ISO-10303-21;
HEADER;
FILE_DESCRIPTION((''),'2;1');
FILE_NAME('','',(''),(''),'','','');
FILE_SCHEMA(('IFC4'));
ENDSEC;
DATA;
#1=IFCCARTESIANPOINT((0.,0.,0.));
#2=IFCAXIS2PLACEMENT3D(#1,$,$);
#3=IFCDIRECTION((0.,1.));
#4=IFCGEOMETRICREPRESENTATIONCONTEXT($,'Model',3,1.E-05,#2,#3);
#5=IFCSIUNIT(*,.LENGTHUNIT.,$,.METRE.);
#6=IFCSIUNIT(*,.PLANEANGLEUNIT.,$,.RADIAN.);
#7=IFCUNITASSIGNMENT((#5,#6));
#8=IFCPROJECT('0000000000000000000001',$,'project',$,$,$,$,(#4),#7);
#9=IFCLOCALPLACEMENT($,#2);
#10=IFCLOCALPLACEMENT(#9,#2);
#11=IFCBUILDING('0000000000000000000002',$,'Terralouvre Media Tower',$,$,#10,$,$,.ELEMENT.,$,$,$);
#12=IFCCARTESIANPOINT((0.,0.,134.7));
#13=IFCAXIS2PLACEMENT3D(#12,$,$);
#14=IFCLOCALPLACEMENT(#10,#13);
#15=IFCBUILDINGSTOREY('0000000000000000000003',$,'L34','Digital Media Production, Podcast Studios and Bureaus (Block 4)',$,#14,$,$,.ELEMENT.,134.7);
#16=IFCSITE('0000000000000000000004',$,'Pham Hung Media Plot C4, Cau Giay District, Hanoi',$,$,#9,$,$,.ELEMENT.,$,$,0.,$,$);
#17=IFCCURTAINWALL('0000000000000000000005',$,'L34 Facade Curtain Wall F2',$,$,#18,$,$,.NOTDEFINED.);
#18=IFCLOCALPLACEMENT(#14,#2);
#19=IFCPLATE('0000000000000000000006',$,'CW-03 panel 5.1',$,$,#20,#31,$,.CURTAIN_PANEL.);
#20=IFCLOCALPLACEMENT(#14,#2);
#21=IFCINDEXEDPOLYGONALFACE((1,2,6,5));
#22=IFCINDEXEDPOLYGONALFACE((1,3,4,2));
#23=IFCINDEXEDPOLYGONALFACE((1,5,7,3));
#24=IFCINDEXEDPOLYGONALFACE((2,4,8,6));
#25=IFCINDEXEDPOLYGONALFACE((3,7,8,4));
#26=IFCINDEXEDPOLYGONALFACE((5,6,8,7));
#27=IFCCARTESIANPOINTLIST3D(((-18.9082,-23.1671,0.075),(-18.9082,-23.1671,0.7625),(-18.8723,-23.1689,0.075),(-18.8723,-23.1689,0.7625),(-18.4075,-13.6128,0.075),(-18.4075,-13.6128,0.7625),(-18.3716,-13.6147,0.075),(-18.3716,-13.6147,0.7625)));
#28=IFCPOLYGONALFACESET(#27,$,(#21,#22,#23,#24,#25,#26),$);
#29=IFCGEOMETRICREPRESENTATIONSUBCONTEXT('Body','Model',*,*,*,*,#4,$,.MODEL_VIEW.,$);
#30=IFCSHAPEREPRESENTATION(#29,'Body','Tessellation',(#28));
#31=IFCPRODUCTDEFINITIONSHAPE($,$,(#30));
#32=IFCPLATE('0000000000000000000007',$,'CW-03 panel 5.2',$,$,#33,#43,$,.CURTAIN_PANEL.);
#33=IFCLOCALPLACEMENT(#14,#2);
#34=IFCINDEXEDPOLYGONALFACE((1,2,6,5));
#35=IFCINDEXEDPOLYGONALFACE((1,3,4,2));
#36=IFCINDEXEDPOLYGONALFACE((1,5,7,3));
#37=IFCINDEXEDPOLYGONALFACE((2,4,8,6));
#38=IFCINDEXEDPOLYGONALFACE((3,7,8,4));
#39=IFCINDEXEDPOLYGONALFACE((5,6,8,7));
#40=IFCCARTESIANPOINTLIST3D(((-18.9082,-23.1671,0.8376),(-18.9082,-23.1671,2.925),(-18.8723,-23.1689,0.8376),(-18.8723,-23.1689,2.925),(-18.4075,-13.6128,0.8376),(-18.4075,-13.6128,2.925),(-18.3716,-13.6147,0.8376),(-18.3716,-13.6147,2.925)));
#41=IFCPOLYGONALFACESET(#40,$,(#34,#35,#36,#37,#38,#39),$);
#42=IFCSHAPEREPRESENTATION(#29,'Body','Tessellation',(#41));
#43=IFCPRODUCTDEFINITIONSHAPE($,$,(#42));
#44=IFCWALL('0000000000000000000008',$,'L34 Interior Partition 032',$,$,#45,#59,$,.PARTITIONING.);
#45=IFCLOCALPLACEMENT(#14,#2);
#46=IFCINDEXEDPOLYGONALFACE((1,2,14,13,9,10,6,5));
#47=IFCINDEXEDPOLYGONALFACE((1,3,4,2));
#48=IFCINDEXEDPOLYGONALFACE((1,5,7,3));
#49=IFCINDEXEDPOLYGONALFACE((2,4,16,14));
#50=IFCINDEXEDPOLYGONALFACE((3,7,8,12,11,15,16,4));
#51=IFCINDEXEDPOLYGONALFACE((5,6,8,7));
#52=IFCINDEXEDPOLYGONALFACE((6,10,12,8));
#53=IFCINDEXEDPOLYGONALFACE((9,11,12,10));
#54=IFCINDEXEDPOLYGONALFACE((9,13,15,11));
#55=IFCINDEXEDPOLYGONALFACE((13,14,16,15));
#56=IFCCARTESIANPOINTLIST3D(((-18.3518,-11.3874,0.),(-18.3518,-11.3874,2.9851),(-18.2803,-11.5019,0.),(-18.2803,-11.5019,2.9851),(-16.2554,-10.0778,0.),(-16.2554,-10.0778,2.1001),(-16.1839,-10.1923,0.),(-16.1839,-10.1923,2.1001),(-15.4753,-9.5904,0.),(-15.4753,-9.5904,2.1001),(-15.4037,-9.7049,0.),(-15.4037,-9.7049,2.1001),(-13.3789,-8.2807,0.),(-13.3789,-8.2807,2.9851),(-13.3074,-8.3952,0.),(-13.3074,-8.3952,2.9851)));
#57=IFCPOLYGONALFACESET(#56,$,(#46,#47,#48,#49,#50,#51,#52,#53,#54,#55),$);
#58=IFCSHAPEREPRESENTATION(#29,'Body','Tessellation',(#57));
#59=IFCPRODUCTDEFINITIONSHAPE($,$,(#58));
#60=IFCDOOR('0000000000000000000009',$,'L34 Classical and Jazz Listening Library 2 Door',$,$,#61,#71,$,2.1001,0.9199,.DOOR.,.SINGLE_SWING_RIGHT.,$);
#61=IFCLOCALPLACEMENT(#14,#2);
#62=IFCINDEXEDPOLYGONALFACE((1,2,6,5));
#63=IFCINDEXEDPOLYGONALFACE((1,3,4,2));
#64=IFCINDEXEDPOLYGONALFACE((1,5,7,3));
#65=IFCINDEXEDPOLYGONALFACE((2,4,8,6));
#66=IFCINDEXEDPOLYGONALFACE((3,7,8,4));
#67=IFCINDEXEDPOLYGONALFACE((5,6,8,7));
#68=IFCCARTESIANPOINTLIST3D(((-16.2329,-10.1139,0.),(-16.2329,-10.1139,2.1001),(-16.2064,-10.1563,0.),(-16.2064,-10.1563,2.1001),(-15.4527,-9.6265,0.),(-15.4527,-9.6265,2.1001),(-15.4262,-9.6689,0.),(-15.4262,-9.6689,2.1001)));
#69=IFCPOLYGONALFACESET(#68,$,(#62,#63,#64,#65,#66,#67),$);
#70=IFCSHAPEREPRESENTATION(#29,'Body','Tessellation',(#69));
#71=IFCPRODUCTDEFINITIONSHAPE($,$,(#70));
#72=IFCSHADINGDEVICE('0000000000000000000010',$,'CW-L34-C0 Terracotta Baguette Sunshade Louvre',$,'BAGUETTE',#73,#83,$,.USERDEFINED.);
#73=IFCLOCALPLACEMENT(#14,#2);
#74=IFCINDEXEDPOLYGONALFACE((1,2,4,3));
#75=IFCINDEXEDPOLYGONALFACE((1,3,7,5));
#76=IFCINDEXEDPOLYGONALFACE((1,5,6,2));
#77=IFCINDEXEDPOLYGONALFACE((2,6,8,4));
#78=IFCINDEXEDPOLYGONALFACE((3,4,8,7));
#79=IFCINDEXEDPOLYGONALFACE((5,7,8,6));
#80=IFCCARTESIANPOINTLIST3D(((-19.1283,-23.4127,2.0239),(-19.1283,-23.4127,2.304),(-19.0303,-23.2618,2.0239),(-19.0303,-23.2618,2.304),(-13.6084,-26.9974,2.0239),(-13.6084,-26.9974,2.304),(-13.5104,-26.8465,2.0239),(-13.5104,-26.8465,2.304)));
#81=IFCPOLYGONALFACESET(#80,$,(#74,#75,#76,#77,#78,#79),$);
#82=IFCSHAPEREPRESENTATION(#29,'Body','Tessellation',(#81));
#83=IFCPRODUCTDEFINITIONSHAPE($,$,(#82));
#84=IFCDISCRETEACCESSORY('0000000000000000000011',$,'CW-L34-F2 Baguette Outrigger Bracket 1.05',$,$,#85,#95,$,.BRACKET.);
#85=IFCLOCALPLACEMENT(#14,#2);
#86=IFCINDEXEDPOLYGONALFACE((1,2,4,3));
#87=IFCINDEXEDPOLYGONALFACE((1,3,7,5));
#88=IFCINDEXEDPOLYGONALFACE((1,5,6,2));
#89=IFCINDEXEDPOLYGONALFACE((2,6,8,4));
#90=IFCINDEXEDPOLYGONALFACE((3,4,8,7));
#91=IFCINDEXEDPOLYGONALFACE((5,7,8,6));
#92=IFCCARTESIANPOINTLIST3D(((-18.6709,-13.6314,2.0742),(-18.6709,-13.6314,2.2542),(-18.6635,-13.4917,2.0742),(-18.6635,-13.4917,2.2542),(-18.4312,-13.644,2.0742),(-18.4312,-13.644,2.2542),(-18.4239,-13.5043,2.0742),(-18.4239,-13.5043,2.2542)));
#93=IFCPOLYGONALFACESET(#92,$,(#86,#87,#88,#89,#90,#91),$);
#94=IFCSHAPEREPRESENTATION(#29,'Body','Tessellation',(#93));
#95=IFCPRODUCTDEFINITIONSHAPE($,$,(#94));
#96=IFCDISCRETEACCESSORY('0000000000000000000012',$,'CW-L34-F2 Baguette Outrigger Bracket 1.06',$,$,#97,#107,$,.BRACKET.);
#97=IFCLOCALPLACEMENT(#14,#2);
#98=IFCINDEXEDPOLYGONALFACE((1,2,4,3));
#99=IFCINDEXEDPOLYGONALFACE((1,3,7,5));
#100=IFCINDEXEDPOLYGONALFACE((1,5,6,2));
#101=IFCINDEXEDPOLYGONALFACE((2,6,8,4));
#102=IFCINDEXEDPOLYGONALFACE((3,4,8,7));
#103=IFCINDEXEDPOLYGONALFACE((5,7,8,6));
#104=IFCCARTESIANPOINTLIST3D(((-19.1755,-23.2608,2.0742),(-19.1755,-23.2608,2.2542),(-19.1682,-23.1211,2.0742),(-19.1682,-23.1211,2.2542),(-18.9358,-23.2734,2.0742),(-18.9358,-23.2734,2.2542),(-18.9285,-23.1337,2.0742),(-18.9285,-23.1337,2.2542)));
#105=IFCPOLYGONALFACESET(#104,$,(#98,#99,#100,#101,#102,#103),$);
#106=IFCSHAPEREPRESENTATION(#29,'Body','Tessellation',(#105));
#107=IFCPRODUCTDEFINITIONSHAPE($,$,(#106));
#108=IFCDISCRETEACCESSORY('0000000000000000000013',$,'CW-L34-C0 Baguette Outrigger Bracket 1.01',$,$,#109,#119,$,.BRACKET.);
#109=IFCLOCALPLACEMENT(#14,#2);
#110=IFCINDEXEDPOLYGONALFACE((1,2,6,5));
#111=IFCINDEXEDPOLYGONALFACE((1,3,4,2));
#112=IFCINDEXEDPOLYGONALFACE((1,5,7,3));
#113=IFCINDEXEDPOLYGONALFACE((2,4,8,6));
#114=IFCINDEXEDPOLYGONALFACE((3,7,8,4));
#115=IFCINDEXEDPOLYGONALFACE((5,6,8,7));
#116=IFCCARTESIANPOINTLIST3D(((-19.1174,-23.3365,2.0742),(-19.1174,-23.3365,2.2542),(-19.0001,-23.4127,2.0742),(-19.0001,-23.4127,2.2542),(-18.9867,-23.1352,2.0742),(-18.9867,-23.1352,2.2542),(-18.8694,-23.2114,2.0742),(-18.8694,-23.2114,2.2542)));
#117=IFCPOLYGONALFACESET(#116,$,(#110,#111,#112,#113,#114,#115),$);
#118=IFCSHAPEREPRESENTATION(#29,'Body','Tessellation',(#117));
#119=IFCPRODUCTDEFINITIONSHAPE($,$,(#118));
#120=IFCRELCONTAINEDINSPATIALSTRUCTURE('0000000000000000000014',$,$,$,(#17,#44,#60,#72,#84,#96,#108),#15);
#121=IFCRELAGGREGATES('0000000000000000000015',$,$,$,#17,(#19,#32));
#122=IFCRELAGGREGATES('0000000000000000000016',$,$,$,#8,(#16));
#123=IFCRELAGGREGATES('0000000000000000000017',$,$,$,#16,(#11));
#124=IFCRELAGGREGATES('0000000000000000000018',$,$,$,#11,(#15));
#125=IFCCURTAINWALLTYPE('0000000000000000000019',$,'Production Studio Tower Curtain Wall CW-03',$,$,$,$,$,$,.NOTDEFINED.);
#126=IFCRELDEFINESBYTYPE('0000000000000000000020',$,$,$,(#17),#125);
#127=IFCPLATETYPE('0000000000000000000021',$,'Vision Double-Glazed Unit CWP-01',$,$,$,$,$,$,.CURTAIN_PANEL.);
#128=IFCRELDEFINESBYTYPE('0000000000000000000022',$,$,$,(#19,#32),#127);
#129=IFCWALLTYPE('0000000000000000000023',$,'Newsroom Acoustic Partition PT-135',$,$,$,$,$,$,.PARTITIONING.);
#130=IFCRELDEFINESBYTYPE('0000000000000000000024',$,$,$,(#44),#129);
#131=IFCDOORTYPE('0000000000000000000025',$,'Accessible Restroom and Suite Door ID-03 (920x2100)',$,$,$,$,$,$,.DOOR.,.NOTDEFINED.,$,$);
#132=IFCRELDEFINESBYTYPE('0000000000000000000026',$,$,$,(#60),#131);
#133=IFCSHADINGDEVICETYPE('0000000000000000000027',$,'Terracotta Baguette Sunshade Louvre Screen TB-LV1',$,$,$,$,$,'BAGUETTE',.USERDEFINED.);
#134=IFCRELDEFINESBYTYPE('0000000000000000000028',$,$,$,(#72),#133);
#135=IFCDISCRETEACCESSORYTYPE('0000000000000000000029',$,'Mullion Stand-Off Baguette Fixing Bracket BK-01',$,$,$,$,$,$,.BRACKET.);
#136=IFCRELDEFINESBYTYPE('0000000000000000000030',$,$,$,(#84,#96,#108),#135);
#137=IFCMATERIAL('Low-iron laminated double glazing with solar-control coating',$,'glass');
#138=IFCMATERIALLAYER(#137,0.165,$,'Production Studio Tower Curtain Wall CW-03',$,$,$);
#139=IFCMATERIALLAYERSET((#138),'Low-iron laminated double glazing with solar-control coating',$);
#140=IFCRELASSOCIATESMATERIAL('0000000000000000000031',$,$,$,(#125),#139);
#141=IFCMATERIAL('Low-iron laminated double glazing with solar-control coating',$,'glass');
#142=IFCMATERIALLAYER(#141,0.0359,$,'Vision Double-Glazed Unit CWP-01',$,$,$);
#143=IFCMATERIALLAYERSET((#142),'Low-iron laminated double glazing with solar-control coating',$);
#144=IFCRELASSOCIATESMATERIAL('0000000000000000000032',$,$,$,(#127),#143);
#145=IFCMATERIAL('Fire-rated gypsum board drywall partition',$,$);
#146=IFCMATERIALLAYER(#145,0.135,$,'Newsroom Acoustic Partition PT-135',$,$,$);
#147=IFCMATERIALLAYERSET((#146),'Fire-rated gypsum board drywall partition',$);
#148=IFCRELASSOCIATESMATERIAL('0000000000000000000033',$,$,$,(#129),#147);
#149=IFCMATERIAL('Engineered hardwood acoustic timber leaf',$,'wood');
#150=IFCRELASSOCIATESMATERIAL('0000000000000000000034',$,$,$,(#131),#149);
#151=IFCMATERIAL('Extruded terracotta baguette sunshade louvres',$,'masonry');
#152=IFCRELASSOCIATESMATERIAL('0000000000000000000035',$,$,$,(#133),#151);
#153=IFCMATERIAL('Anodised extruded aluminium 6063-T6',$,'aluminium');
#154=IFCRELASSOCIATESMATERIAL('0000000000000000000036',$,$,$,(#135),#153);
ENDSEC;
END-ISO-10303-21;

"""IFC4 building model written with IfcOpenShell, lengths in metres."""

from ifc_helpers import new_model, si_unit, direction, frame, frame_2d, origin, origin_2d, place, context, subcontext, project, spatial, rectangle, extrude, material, layer, layer_set, type_object, element, fill, aggregate, save


model = new_model("IFC4")

# Units and contexts
model_context = context("Model", 3, precision=1e-05, world=origin(), true_north=direction((0.0, 1.0)))
body_context = subcontext(model_context, "Body", "Model", "MODEL_VIEW")
ifc_project = project(units=[si_unit("LENGTHUNIT", "METRE"), si_unit("PLANEANGLEUNIT", "RADIAN")], contexts=[model_context])

# Site, building, storey
site_placement = place(None, origin())
site = spatial("IfcSite", under=ifc_project, at=site_placement, Name="Pham Hung Media Plot C4, Cau Giay District, Hanoi", CompositionType="ELEMENT", RefElevation=0.0)
building_placement = place(site_placement, origin())
building = spatial("IfcBuilding", under=site, at=building_placement, Name="Terralouvre Media Tower", CompositionType="ELEMENT")
storey_placement = place(building_placement, frame((0.0, 0.0, 134.7)))
storey = spatial("IfcBuildingStorey", under=building, at=storey_placement, Name="L34", Description="Digital Media Production, Podcast Studios and Bureaus (Block 4)", CompositionType="ELEMENT", Elevation=134.7)

# Curtain wall
ifc_material_1 = material(Name="Low-iron laminated double glazing with solar-control coating", Category="glass")
ifc_layer_1 = layer(ifc_material_1, 0.165, Name="Production Studio Tower Curtain Wall CW-03")
ifc_layer_set_1 = layer_set([ifc_layer_1], Name="Low-iron laminated double glazing with solar-control coating")
curtain_wall_type_1 = type_object("IfcCurtainWallType", Name="Production Studio Tower Curtain Wall CW-03", PredefinedType="NOTDEFINED", material=ifc_layer_set_1)
curtain_wall_1_placement = place(storey_placement, origin())
curtain_wall_1 = element("IfcCurtainWall", 1, at=curtain_wall_1_placement, inside=storey, type_object=curtain_wall_type_1, Name="L34 Facade Curtain Wall F2", PredefinedType="NOTDEFINED")

# Plates
ifc_material_2 = material(Name="Low-iron laminated double glazing with solar-control coating", Category="glass")
ifc_layer_2 = layer(ifc_material_2, 0.0359, Name="Vision Double-Glazed Unit CWP-01")
ifc_layer_set_2 = layer_set([ifc_layer_2], Name="Low-iron laminated double glazing with solar-control coating")
plate_type_1 = type_object("IfcPlateType", Name="Vision Double-Glazed Unit CWP-01", PredefinedType="CURTAIN_PANEL", material=ifc_layer_set_2)
plate_1_placement = place(storey_placement, frame((-18.6399, -18.3909, 0.075), z_axis=(0.0, 0.0, 1.0), x_axis=(-0.052336, -0.99863, 0.0)))
plate_1 = element("IfcPlate", 2, at=plate_1_placement, type_object=plate_type_1, Name="CW-03 panel 5.1", PredefinedType="CURTAIN_PANEL", context=body_context, shape_type="SweptSolid", body=[
    extrude(rectangle(XDim=9.5674, YDim=0.0359, at=origin_2d()), origin(), (0.0, 0.0, 1.0), 0.6875),
])
plate_2_placement = place(storey_placement, frame((-18.6399, -18.3909, 0.8376), z_axis=(0.0, 0.0, 1.0), x_axis=(-0.052336, -0.99863, 0.0)))
plate_2 = element("IfcPlate", 3, at=plate_2_placement, type_object=plate_type_1, Name="CW-03 panel 5.2", PredefinedType="CURTAIN_PANEL", context=body_context, shape_type="SweptSolid", body=[
    extrude(rectangle(XDim=9.5674, YDim=0.0359, at=origin_2d()), origin(), (0.0, 0.0, 1.0), 2.0874),
])
aggregate(curtain_wall_1, [plate_1, plate_2])

# Wall, opening, door
ifc_material_3 = material(Name="Fire-rated gypsum board drywall partition")
ifc_layer_3 = layer(ifc_material_3, 0.135, Name="Newsroom Acoustic Partition PT-135")
ifc_layer_set_3 = layer_set([ifc_layer_3], Name="Fire-rated gypsum board drywall partition")
wall_type = type_object("IfcWallType", Name="Newsroom Acoustic Partition PT-135", PredefinedType="PARTITIONING", material=ifc_layer_set_3)
wall_placement = place(storey_placement, frame((-18.3159, -11.4446, 0.0), z_axis=(0.0, 0.0, 1.0), x_axis=(0.848104, 0.529831, 0.0)))
wall = element("IfcWall", 4, at=wall_placement, inside=storey, type_object=wall_type, Name="L34 Interior Partition 032", PredefinedType="PARTITIONING", context=body_context, shape_type="SweptSolid", body=[
    extrude(rectangle(XDim=5.8635, YDim=0.135, at=frame_2d((2.9316, 0.0))), origin(), (0.0, 0.0, 1.0), 2.9851),
])
opening_placement = place(wall_placement, frame((2.4717, 0.0, 0.0)))
opening = element("IfcOpeningElement", 5, at=opening_placement, cuts=wall, PredefinedType="OPENING", context=body_context, shape_type="SweptSolid", body=[
    extrude(rectangle(XDim=0.9199, YDim=2.1001, at=frame_2d((0.46, 1.05))), frame((0.0, 0.0774, 0.0), z_axis=(0.0, -1.0, 0.0), x_axis=(1.0, 0.0, 0.0)), (0.0, 0.0, 1.0), 0.155),
])
ifc_material_4 = material(Name="Engineered hardwood acoustic timber leaf", Category="wood")
door_type = type_object("IfcDoorType", Name="Accessible Restroom and Suite Door ID-03 (920x2100)", OperationType="NOTDEFINED", PredefinedType="DOOR", material=ifc_material_4)
door_placement = place(opening_placement, origin())
door = element("IfcDoor", 6, at=door_placement, inside=storey, type_object=door_type, Name="L34 Classical and Jazz Listening Library 2 Door", OperationType="SINGLE_SWING_RIGHT", OverallHeight=2.1001, OverallWidth=0.9199, PredefinedType="DOOR", context=body_context, shape_type="SweptSolid", body=[
    extrude(rectangle(XDim=0.9199, YDim=2.1001, at=frame_2d((0.46, 1.05))), frame((0.0, 0.0249, 0.0), z_axis=(0.0, -1.0, 0.0), x_axis=(1.0, 0.0, 0.0)), (0.0, 0.0, 1.0), 0.05),
])
fill(opening, door)

# Shading device
ifc_material_5 = material(Name="Extruded terracotta baguette sunshade louvres", Category="masonry")
shading_device_type = type_object("IfcShadingDeviceType", Name="Terracotta Baguette Sunshade Louvre Screen TB-LV1", ElementType="BAGUETTE", PredefinedType="USERDEFINED", material=ifc_material_5)
shading_device_placement = place(storey_placement, frame((-16.3193, -25.1296, 2.0239), z_axis=(0.0, 0.0, 1.0), x_axis=(0.83867, -0.544639, 0.0)))
element("IfcShadingDevice", 7, at=shading_device_placement, inside=storey, type_object=shading_device_type, Name="CW-L34-C0 Terracotta Baguette Sunshade Louvre", ObjectType="BAGUETTE", PredefinedType="USERDEFINED", context=body_context, shape_type="SweptSolid", body=[
    extrude(rectangle(XDim=6.5818, YDim=0.1799, at=origin_2d()), origin(), (0.0, 0.0, 1.0), 0.28),
])

# Discrete accessories
ifc_material_6 = material(Name="Anodised extruded aluminium 6063-T6", Category="aluminium")
discrete_accessory_type = type_object("IfcDiscreteAccessoryType", Name="Mullion Stand-Off Baguette Fixing Bracket BK-01", PredefinedType="BRACKET", material=ifc_material_6)
for number, where, z_axis, x_axis, name in (
    (8, (-18.5474, -13.5679, 2.0742), (0.0, 0.0, 1.0), (-0.052336, -0.99863, 0.0), "CW-L34-F2 Baguette Outrigger Bracket 1.05"),
    (9, (-19.052, -23.1973, 2.0742), (0.0, 0.0, 1.0), (-0.052336, -0.99863, 0.0), "CW-L34-F2 Baguette Outrigger Bracket 1.06"),
    (10, (-18.9934, -23.2739, 2.0742), (0.0, 0.0, 1.0), (0.83867, -0.544639, 0.0), "CW-L34-C0 Baguette Outrigger Bracket 1.01"),
):
    element("IfcDiscreteAccessory", number, at=place(storey_placement, frame(where, z_axis=z_axis, x_axis=x_axis)), inside=storey, type_object=discrete_accessory_type, Name=name, PredefinedType="BRACKET", context=body_context, shape_type="SweptSolid", body=[
        extrude(rectangle(XDim=0.1399, YDim=0.24, at=origin_2d()), origin(), (0.0, 0.0, 1.0), 0.1799),
    ])

save(model, "model.ifc")
